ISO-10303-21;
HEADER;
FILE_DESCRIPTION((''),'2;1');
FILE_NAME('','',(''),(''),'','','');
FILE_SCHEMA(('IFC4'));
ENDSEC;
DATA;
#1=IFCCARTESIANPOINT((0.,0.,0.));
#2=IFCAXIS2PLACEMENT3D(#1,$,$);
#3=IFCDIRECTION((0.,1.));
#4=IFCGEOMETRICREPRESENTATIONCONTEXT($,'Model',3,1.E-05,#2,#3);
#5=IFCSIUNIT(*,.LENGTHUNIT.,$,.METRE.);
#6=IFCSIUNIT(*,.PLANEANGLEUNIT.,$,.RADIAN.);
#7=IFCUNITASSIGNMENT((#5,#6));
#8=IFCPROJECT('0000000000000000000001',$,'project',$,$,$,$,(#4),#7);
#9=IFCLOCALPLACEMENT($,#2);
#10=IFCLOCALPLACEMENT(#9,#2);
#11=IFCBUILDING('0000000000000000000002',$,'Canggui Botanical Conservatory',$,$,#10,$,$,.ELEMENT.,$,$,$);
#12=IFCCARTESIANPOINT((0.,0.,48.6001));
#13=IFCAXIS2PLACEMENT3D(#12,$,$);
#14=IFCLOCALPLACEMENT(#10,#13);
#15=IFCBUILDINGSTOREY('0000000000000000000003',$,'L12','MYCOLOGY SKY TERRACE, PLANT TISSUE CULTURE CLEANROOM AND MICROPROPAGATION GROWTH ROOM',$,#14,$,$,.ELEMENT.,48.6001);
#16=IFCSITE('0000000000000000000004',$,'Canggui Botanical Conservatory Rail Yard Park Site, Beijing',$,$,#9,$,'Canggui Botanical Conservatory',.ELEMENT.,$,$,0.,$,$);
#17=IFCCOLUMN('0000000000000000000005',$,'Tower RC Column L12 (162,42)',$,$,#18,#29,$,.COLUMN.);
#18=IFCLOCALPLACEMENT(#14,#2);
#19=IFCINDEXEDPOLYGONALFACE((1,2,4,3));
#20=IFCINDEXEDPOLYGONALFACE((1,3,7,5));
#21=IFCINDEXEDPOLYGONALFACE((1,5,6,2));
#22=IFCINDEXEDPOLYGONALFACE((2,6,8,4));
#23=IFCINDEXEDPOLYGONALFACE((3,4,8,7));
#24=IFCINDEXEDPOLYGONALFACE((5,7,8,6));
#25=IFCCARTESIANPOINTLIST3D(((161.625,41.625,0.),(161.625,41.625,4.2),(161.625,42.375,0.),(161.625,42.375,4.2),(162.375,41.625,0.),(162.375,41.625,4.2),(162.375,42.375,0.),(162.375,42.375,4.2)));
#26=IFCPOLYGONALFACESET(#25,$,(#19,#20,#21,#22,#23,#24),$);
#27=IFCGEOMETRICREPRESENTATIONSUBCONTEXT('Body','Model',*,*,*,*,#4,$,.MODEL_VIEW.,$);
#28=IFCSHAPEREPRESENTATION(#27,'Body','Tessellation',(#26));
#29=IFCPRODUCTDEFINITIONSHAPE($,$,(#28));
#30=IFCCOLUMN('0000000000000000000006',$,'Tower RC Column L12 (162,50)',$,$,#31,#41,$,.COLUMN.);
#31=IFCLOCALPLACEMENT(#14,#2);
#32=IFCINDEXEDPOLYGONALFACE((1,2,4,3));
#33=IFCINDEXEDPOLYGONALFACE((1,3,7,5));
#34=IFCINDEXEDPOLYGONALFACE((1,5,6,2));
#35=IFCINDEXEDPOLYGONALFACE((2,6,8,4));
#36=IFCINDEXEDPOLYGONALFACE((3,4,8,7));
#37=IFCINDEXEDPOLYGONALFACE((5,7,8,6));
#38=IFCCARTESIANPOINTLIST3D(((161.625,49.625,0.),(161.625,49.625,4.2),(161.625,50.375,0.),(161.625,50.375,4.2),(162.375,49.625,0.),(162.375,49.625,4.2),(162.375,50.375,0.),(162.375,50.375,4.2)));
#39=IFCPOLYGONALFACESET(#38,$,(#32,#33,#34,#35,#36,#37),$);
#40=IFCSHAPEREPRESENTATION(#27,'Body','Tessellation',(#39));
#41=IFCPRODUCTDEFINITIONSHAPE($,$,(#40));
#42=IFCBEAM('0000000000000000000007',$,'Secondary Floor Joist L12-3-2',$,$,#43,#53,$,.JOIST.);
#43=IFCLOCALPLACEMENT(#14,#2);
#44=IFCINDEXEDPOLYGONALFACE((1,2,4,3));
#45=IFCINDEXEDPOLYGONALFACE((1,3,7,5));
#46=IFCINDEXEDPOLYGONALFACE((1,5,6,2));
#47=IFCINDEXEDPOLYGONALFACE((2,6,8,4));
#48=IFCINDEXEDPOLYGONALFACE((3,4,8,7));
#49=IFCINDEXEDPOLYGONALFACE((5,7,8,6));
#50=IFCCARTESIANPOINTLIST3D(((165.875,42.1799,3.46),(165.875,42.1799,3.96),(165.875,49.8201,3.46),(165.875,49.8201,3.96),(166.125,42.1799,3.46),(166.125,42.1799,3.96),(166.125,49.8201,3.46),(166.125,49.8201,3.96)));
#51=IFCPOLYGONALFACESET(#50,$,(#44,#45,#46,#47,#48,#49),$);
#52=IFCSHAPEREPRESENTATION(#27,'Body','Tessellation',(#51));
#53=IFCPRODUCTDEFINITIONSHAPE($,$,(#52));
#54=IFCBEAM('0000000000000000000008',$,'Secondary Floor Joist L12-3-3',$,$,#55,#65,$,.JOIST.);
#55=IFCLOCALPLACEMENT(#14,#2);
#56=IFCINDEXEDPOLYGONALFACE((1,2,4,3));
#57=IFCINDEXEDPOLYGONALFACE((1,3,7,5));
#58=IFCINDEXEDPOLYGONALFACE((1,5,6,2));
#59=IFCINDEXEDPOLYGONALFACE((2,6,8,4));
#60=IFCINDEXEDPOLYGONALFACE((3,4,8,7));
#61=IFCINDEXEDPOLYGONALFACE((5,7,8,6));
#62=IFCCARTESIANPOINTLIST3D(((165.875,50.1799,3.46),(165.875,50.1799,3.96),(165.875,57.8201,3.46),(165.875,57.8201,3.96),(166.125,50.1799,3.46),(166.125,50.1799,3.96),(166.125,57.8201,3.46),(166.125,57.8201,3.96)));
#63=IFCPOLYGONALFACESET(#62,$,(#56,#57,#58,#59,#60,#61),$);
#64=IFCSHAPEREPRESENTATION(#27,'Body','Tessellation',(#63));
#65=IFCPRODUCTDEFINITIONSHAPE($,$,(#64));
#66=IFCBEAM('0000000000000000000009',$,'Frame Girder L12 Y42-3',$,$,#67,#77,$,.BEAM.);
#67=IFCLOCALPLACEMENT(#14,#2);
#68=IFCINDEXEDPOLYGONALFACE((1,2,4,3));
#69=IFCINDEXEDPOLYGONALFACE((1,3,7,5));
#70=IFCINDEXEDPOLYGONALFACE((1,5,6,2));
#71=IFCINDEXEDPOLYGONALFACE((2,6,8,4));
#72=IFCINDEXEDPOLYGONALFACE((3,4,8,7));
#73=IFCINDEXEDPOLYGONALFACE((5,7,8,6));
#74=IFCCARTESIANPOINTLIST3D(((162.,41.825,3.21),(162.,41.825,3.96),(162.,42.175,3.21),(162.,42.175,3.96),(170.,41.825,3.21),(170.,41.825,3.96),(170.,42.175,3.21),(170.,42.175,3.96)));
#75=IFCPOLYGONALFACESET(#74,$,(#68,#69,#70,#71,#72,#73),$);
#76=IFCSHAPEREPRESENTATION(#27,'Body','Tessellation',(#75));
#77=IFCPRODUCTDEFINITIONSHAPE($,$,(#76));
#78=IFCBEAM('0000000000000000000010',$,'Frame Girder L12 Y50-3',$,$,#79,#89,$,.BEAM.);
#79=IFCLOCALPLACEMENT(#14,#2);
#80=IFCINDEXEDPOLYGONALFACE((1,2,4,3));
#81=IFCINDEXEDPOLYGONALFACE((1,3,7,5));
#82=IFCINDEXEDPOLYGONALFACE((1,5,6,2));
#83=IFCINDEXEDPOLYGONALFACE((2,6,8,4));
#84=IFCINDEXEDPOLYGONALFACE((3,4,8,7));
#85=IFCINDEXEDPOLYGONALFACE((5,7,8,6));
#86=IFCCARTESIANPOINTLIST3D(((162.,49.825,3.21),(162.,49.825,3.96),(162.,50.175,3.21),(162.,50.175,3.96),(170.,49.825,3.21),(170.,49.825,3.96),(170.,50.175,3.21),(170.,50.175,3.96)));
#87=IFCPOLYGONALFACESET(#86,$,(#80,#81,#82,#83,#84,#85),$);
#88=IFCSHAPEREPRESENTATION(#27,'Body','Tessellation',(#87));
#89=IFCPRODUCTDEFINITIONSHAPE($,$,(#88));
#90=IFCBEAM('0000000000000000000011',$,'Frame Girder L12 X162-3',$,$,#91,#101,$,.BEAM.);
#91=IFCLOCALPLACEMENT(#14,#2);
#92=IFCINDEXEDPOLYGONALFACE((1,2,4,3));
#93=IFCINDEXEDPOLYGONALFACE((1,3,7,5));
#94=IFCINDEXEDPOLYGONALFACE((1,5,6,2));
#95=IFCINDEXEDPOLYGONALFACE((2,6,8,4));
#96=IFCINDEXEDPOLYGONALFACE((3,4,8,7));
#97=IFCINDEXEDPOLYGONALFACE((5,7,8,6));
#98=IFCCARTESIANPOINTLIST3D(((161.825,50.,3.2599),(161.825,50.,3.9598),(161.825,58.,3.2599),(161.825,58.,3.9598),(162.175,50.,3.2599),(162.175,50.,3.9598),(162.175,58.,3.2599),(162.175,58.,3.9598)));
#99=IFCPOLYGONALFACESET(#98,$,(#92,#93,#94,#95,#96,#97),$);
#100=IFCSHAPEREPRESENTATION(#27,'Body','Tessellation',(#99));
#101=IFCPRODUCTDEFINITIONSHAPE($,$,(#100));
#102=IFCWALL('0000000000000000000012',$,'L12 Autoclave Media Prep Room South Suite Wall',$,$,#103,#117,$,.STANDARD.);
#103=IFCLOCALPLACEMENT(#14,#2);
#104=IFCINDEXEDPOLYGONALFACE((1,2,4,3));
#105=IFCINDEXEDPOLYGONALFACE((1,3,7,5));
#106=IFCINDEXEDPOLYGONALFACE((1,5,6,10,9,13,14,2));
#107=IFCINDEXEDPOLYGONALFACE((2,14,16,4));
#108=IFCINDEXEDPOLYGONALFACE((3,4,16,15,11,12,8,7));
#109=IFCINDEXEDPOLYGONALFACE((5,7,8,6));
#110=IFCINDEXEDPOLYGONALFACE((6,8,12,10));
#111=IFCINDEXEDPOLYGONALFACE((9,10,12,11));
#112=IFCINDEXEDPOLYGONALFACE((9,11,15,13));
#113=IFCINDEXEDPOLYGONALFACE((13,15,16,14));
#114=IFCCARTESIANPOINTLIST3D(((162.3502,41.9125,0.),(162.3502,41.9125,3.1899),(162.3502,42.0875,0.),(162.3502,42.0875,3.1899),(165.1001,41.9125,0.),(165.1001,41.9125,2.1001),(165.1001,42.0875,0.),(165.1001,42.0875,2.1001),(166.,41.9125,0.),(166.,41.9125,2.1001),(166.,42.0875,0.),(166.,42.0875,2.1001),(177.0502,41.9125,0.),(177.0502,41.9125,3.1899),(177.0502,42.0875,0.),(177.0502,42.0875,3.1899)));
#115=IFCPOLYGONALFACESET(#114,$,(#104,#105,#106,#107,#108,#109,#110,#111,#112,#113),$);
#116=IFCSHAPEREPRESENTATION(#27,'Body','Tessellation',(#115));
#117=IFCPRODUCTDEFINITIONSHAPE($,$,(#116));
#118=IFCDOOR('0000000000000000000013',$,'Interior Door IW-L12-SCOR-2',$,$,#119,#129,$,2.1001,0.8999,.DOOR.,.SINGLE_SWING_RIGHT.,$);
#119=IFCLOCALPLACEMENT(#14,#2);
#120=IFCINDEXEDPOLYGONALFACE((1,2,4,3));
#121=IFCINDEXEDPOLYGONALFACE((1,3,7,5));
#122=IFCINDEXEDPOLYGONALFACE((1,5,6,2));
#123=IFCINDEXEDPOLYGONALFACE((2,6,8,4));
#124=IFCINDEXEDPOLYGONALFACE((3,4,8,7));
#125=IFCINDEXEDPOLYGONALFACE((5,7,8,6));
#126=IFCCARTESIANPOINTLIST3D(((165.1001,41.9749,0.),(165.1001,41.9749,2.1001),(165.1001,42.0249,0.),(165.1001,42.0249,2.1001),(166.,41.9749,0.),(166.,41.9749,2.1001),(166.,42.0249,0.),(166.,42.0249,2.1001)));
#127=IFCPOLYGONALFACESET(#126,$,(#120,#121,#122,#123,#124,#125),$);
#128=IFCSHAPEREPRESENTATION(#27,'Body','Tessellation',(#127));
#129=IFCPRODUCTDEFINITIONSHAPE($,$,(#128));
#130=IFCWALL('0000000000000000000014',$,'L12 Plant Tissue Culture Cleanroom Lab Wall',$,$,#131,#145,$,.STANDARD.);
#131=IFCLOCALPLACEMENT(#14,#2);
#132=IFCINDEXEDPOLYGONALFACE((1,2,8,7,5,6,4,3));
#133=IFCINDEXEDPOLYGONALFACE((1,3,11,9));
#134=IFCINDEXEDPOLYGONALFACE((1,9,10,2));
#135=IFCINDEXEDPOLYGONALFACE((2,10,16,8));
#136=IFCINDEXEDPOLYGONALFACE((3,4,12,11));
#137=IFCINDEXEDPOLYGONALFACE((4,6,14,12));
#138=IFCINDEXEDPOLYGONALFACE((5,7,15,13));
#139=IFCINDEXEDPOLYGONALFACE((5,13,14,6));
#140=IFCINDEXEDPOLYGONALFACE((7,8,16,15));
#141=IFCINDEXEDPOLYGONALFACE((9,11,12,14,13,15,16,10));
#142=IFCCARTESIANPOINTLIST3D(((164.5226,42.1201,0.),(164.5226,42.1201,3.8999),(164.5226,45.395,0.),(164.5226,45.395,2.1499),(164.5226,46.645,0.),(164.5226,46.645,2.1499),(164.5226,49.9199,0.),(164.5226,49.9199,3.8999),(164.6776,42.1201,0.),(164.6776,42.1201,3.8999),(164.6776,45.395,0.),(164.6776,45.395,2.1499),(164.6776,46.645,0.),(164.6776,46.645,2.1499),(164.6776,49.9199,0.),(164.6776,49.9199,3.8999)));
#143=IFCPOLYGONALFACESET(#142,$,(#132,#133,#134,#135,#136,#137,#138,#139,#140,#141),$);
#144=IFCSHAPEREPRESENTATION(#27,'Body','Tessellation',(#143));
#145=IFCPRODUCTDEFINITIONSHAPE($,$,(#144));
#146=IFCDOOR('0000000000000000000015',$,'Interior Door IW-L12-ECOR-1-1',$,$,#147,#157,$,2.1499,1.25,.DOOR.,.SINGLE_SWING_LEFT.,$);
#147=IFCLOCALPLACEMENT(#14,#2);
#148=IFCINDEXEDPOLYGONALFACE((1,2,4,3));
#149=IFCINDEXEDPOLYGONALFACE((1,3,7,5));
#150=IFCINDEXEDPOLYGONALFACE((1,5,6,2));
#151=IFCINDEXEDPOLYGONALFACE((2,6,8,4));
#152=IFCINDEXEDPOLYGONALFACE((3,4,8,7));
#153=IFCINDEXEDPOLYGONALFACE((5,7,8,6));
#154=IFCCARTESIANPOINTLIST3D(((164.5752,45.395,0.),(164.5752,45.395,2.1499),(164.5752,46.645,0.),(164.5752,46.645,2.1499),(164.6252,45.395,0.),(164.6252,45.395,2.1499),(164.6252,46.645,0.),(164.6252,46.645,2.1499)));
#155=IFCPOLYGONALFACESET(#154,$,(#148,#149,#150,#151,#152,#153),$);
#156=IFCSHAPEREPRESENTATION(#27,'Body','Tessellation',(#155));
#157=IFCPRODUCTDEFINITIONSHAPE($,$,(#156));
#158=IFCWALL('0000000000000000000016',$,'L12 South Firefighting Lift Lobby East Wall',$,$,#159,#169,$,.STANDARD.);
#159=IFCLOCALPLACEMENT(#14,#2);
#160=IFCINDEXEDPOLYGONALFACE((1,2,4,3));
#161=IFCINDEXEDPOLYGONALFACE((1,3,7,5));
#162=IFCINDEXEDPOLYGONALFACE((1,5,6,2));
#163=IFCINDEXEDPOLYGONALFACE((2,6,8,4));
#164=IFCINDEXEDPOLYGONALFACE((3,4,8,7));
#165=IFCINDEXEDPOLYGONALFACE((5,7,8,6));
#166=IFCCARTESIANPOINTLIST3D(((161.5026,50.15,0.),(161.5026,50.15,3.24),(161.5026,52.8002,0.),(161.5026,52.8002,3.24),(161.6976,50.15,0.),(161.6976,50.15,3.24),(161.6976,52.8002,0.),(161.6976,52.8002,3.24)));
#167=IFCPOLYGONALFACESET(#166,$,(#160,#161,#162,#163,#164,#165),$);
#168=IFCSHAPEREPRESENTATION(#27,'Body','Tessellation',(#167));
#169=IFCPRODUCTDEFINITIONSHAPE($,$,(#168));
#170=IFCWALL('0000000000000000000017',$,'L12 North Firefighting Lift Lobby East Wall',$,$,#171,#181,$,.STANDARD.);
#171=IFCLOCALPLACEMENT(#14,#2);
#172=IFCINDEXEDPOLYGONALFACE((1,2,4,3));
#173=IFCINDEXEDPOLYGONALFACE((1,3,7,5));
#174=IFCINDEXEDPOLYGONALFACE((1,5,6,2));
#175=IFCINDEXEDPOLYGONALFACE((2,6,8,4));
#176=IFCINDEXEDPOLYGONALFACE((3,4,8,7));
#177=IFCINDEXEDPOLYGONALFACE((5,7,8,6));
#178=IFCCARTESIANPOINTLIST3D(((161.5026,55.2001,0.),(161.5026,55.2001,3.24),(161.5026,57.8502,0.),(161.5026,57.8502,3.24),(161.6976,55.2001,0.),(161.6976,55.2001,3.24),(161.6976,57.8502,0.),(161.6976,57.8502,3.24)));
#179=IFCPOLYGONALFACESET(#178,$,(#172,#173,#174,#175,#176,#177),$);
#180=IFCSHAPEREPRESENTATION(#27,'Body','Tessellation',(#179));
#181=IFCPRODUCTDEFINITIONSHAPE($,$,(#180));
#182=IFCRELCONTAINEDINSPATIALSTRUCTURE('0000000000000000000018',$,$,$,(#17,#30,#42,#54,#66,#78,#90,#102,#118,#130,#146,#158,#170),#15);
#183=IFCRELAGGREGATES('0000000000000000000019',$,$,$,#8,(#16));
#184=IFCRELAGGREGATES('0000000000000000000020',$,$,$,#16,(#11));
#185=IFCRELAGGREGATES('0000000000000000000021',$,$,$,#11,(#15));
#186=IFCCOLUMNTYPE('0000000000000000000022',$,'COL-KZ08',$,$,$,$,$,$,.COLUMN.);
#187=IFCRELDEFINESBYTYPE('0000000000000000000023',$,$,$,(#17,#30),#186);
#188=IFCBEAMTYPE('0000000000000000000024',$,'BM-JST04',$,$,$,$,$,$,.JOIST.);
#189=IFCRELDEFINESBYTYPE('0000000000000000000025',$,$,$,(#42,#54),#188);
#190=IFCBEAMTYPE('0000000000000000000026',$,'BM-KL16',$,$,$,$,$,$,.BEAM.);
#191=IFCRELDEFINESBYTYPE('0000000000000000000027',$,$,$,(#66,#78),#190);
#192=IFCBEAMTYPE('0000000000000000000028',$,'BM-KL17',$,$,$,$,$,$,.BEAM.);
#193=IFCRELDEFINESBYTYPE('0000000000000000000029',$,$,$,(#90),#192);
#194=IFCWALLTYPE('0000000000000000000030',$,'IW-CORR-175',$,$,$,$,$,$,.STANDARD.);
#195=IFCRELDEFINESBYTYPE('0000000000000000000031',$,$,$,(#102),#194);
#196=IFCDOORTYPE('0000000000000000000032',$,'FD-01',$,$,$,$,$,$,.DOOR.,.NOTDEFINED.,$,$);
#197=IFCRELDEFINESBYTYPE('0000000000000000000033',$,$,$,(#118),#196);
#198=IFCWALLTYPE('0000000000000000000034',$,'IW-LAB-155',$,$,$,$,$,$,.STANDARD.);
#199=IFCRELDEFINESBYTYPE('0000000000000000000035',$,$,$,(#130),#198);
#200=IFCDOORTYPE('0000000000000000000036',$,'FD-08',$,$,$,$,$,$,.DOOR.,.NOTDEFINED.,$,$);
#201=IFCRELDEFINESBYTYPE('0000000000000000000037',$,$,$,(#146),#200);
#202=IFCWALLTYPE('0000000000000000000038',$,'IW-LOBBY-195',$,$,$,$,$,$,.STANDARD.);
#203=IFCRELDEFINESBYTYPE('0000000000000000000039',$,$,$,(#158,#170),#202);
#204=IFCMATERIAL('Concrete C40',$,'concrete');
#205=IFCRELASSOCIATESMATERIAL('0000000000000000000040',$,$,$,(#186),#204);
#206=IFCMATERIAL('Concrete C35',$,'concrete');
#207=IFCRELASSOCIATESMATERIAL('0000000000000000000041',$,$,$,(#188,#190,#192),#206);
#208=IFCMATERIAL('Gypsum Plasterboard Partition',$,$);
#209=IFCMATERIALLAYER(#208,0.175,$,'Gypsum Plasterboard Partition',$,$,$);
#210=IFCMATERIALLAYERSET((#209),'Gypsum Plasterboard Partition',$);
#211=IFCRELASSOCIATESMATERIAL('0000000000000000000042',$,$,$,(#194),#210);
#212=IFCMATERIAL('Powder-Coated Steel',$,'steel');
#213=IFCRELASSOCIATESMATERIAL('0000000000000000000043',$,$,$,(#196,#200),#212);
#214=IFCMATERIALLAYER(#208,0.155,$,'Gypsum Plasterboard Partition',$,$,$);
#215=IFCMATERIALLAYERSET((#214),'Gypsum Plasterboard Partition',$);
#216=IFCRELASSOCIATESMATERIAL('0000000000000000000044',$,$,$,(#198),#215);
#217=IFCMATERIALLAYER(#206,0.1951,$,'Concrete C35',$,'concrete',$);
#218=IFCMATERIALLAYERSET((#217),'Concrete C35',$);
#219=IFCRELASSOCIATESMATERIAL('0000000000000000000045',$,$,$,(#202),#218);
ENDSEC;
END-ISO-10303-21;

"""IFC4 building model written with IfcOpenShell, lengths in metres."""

from ifc_helpers import new_model, si_unit, direction, frame, frame_2d, origin, origin_2d, place, context, subcontext, project, spatial, rectangle, extrude, material, layer, layer_set, material_profile, profile_set, type_object, element, fill, save


model = new_model("IFC4")

# Units and contexts
model_context = context("Model", 3, precision=1e-05, world=origin(), true_north=direction((0.0, 1.0)))
body_context = subcontext(model_context, "Body", "Model", "MODEL_VIEW")
ifc_project = project(units=[si_unit("LENGTHUNIT", "METRE"), si_unit("PLANEANGLEUNIT", "RADIAN")], contexts=[model_context])

# Site, building, storey
site_placement = place(None, origin())
site = spatial("IfcSite", under=ifc_project, at=site_placement, Name="Canggui Botanical Conservatory Rail Yard Park Site, Beijing", LongName="Canggui Botanical Conservatory", CompositionType="ELEMENT", RefElevation=0.0)
building_placement = place(site_placement, origin())
building = spatial("IfcBuilding", under=site, at=building_placement, Name="Canggui Botanical Conservatory", CompositionType="ELEMENT")
storey_placement = place(building_placement, frame((0.0, 0.0, 48.6001)))
storey = spatial("IfcBuildingStorey", under=building, at=storey_placement, Name="L12", Description="MYCOLOGY SKY TERRACE, PLANT TISSUE CULTURE CLEANROOM AND MICROPROPAGATION GROWTH ROOM", CompositionType="ELEMENT", Elevation=48.6001)

# Columns
ifc_material_1 = material(Name="Concrete C40", Category="concrete")
ifc_material_profile_1 = material_profile(ifc_material_1, rectangle(XDim=0.75, YDim=0.75, at=origin_2d()), Name="RC 750x750")
ifc_profile_set_1 = profile_set([ifc_material_profile_1], Name="Concrete C40")
column_type = type_object("IfcColumnType", Name="COL-KZ08", PredefinedType="COLUMN", material=ifc_profile_set_1)
for number, where, z_axis, x_axis, name in (
    (1, (162.0, 42.0, 0.0), (0.0, 0.0, 1.0), (1.0, 0.0, 0.0), "Tower RC Column L12 (162,42)"),
    (2, (162.0, 50.0, 0.0), (0.0, 0.0, 1.0), (1.0, 0.0, 0.0), "Tower RC Column L12 (162,50)"),
):
    element("IfcColumn", number, at=place(storey_placement, frame(where, z_axis=z_axis, x_axis=x_axis)), inside=storey, type_object=column_type, Name=name, PredefinedType="COLUMN", context=body_context, shape_type="SweptSolid", body=[
        extrude(rectangle(XDim=0.75, YDim=0.75, at=origin_2d()), origin(), (0.0, 0.0, 1.0), 4.2),
    ])

# Beams
ifc_material_2 = material(Name="Concrete C35", Category="concrete")
ifc_material_profile_2 = material_profile(ifc_material_2, rectangle(XDim=0.25, YDim=0.5, at=origin_2d()), Name="RB 250x500")
ifc_profile_set_2 = profile_set([ifc_material_profile_2], Name="Concrete C35")
beam_type_1 = type_object("IfcBeamType", Name="BM-JST04", PredefinedType="JOIST", material=ifc_profile_set_2)
for number, where, z_axis, x_axis, name in (
    (3, (166.0, 42.1799, 3.71), (0.0, 1.0, 0.0), (-1.0, 0.0, 0.0), "Secondary Floor Joist L12-3-2"),
    (4, (166.0, 50.1799, 3.71), (0.0, 1.0, 0.0), (-1.0, 0.0, 0.0), "Secondary Floor Joist L12-3-3"),
):
    element("IfcBeam", number, at=place(storey_placement, frame(where, z_axis=z_axis, x_axis=x_axis)), inside=storey, type_object=beam_type_1, Name=name, PredefinedType="JOIST", context=body_context, shape_type="SweptSolid", body=[
        extrude(rectangle(XDim=0.25, YDim=0.5, at=origin_2d()), origin(), (0.0, 0.0, 1.0), 7.6401),
    ])
ifc_material_profile_3 = material_profile(ifc_material_2, rectangle(XDim=0.3501, YDim=0.75, at=origin_2d()), Name="RB 350x750")
ifc_profile_set_3 = profile_set([ifc_material_profile_3], Name="Concrete C35")
beam_type_2 = type_object("IfcBeamType", Name="BM-KL16", PredefinedType="BEAM", material=ifc_profile_set_3)
for number, where, z_axis, x_axis, name in (
    (5, (162.0, 42.0, 3.585), (1.0, 0.0, 0.0), (0.0, 1.0, 0.0), "Frame Girder L12 Y42-3"),
    (6, (162.0, 50.0, 3.585), (1.0, 0.0, 0.0), (0.0, 1.0, 0.0), "Frame Girder L12 Y50-3"),
):
    element("IfcBeam", number, at=place(storey_placement, frame(where, z_axis=z_axis, x_axis=x_axis)), inside=storey, type_object=beam_type_2, Name=name, PredefinedType="BEAM", context=body_context, shape_type="SweptSolid", body=[
        extrude(rectangle(XDim=0.3501, YDim=0.75, at=origin_2d()), origin(), (0.0, 0.0, 1.0), 8.0),
    ])
ifc_material_profile_4 = material_profile(ifc_material_2, rectangle(XDim=0.3501, YDim=0.7, at=origin_2d()), Name="RB 350x700")
ifc_profile_set_4 = profile_set([ifc_material_profile_4], Name="Concrete C35")
beam_type_3 = type_object("IfcBeamType", Name="BM-KL17", PredefinedType="BEAM", material=ifc_profile_set_4)
beam_placement = place(storey_placement, frame((162.0, 50.0, 3.6099), z_axis=(0.0, 1.0, 0.0), x_axis=(-1.0, 0.0, 0.0)))
element("IfcBeam", 7, at=beam_placement, inside=storey, type_object=beam_type_3, Name="Frame Girder L12 X162-3", PredefinedType="BEAM", context=body_context, shape_type="SweptSolid", body=[
    extrude(rectangle(XDim=0.3501, YDim=0.7, at=origin_2d()), origin(), (0.0, 0.0, 1.0), 8.0),
])

# Walls, openings, doors
ifc_material_3 = material(Name="Gypsum Plasterboard Partition")
ifc_layer_1 = layer(ifc_material_3, 0.175, Name="Gypsum Plasterboard Partition")
ifc_layer_set_1 = layer_set([ifc_layer_1], Name="Gypsum Plasterboard Partition")
wall_type_1 = type_object("IfcWallType", Name="IW-CORR-175", PredefinedType="STANDARD", material=ifc_layer_set_1)
wall_1_placement = place(storey_placement, frame((162.3501, 42.0, 0.0), z_axis=(0.0, 0.0, 1.0), x_axis=(1.0, 0.0, 0.0)))
wall_1 = element("IfcWall", 8, at=wall_1_placement, inside=storey, type_object=wall_type_1, Name="L12 Autoclave Media Prep Room South Suite Wall", PredefinedType="STANDARD", context=body_context, shape_type="SweptSolid", body=[
    extrude(rectangle(XDim=14.7, YDim=0.175, at=frame_2d((7.3501, 0.0))), origin(), (0.0, 0.0, 1.0), 3.1899),
])
opening_1_placement = place(wall_1_placement, frame((2.75, 0.0, 0.0)))
opening_1 = element("IfcOpeningElement", 9, at=opening_1_placement, cuts=wall_1, PredefinedType="OPENING", context=body_context, shape_type="SweptSolid", body=[
    extrude(rectangle(XDim=0.8999, YDim=2.1001, at=frame_2d((0.45, 1.05))), frame((0.0, 0.0977, 0.0), z_axis=(0.0, -1.0, 0.0), x_axis=(1.0, 0.0, 0.0)), (0.0, 0.0, 1.0), 0.1951),
])
ifc_material_4 = material(Name="Powder-Coated Steel", Category="steel")
door_type_1 = type_object("IfcDoorType", Name="FD-01", OperationType="NOTDEFINED", PredefinedType="DOOR", material=ifc_material_4)
door_1_placement = place(opening_1_placement, origin())
door_1 = element("IfcDoor", 10, at=door_1_placement, inside=storey, type_object=door_type_1, Name="Interior Door IW-L12-SCOR-2", OperationType="SINGLE_SWING_RIGHT", OverallHeight=2.1001, OverallWidth=0.8999, PredefinedType="DOOR", context=body_context, shape_type="SweptSolid", body=[
    extrude(rectangle(XDim=0.8999, YDim=2.1001, at=frame_2d((0.45, 1.05))), frame((0.0, 0.0249, 0.0), z_axis=(0.0, -1.0, 0.0), x_axis=(1.0, 0.0, 0.0)), (0.0, 0.0, 1.0), 0.05),
])
fill(opening_1, door_1)
ifc_layer_2 = layer(ifc_material_3, 0.155, Name="Gypsum Plasterboard Partition")
ifc_layer_set_2 = layer_set([ifc_layer_2], Name="Gypsum Plasterboard Partition")
wall_type_2 = type_object("IfcWallType", Name="IW-LAB-155", PredefinedType="STANDARD", material=ifc_layer_set_2)
wall_2_placement = place(storey_placement, frame((164.6001, 42.1201, 0.0), z_axis=(0.0, 0.0, 1.0), x_axis=(0.0, 1.0, 0.0)))
wall_2 = element("IfcWall", 11, at=wall_2_placement, inside=storey, type_object=wall_type_2, Name="L12 Plant Tissue Culture Cleanroom Lab Wall", PredefinedType="STANDARD", context=body_context, shape_type="SweptSolid", body=[
    extrude(rectangle(XDim=7.7998, YDim=0.155, at=frame_2d((3.8999, 0.0))), origin(), (0.0, 0.0, 1.0), 3.8999),
])
opening_2_placement = place(wall_2_placement, frame((3.2749, 0.0, 0.0)))
opening_2 = element("IfcOpeningElement", 12, at=opening_2_placement, cuts=wall_2, PredefinedType="OPENING", context=body_context, shape_type="SweptSolid", body=[
    extrude(rectangle(XDim=1.25, YDim=2.1499, at=frame_2d((0.625, 1.075))), frame((0.0, 0.0874, 0.0), z_axis=(0.0, -1.0, 0.0), x_axis=(1.0, 0.0, 0.0)), (0.0, 0.0, 1.0), 0.175),
])
door_type_2 = type_object("IfcDoorType", Name="FD-08", OperationType="NOTDEFINED", PredefinedType="DOOR", material=ifc_material_4)
door_2_placement = place(opening_2_placement, origin())
door_2 = element("IfcDoor", 13, at=door_2_placement, inside=storey, type_object=door_type_2, Name="Interior Door IW-L12-ECOR-1-1", OperationType="SINGLE_SWING_LEFT", OverallHeight=2.1499, OverallWidth=1.25, PredefinedType="DOOR", context=body_context, shape_type="SweptSolid", body=[
    extrude(rectangle(XDim=1.25, YDim=2.1499, at=frame_2d((0.625, 1.075))), frame((0.0, 0.0249, 0.0), z_axis=(0.0, -1.0, 0.0), x_axis=(1.0, 0.0, 0.0)), (0.0, 0.0, 1.0), 0.05),
])
fill(opening_2, door_2)

# Walls
ifc_layer_3 = layer(ifc_material_2, 0.1951, Name="Concrete C35", Category="concrete")
ifc_layer_set_3 = layer_set([ifc_layer_3], Name="Concrete C35")
wall_type_3 = type_object("IfcWallType", Name="IW-LOBBY-195", PredefinedType="STANDARD", material=ifc_layer_set_3)
for number, where, z_axis, x_axis, name in (
    (14, (161.6001, 50.1499, 0.0), (0.0, 0.0, 1.0), (0.0, 1.0, 0.0), "L12 South Firefighting Lift Lobby East Wall"),
    (15, (161.6001, 55.2, 0.0), (0.0, 0.0, 1.0), (0.0, 1.0, 0.0), "L12 North Firefighting Lift Lobby East Wall"),
):
    element("IfcWall", number, at=place(storey_placement, frame(where, z_axis=z_axis, x_axis=x_axis)), inside=storey, type_object=wall_type_3, Name=name, PredefinedType="STANDARD", context=body_context, shape_type="SweptSolid", body=[
        extrude(rectangle(XDim=2.6501, YDim=0.1951, at=frame_2d((1.3252, 0.0))), origin(), (0.0, 0.0, 1.0), 3.24),
    ])

save(model, "model.ifc")
